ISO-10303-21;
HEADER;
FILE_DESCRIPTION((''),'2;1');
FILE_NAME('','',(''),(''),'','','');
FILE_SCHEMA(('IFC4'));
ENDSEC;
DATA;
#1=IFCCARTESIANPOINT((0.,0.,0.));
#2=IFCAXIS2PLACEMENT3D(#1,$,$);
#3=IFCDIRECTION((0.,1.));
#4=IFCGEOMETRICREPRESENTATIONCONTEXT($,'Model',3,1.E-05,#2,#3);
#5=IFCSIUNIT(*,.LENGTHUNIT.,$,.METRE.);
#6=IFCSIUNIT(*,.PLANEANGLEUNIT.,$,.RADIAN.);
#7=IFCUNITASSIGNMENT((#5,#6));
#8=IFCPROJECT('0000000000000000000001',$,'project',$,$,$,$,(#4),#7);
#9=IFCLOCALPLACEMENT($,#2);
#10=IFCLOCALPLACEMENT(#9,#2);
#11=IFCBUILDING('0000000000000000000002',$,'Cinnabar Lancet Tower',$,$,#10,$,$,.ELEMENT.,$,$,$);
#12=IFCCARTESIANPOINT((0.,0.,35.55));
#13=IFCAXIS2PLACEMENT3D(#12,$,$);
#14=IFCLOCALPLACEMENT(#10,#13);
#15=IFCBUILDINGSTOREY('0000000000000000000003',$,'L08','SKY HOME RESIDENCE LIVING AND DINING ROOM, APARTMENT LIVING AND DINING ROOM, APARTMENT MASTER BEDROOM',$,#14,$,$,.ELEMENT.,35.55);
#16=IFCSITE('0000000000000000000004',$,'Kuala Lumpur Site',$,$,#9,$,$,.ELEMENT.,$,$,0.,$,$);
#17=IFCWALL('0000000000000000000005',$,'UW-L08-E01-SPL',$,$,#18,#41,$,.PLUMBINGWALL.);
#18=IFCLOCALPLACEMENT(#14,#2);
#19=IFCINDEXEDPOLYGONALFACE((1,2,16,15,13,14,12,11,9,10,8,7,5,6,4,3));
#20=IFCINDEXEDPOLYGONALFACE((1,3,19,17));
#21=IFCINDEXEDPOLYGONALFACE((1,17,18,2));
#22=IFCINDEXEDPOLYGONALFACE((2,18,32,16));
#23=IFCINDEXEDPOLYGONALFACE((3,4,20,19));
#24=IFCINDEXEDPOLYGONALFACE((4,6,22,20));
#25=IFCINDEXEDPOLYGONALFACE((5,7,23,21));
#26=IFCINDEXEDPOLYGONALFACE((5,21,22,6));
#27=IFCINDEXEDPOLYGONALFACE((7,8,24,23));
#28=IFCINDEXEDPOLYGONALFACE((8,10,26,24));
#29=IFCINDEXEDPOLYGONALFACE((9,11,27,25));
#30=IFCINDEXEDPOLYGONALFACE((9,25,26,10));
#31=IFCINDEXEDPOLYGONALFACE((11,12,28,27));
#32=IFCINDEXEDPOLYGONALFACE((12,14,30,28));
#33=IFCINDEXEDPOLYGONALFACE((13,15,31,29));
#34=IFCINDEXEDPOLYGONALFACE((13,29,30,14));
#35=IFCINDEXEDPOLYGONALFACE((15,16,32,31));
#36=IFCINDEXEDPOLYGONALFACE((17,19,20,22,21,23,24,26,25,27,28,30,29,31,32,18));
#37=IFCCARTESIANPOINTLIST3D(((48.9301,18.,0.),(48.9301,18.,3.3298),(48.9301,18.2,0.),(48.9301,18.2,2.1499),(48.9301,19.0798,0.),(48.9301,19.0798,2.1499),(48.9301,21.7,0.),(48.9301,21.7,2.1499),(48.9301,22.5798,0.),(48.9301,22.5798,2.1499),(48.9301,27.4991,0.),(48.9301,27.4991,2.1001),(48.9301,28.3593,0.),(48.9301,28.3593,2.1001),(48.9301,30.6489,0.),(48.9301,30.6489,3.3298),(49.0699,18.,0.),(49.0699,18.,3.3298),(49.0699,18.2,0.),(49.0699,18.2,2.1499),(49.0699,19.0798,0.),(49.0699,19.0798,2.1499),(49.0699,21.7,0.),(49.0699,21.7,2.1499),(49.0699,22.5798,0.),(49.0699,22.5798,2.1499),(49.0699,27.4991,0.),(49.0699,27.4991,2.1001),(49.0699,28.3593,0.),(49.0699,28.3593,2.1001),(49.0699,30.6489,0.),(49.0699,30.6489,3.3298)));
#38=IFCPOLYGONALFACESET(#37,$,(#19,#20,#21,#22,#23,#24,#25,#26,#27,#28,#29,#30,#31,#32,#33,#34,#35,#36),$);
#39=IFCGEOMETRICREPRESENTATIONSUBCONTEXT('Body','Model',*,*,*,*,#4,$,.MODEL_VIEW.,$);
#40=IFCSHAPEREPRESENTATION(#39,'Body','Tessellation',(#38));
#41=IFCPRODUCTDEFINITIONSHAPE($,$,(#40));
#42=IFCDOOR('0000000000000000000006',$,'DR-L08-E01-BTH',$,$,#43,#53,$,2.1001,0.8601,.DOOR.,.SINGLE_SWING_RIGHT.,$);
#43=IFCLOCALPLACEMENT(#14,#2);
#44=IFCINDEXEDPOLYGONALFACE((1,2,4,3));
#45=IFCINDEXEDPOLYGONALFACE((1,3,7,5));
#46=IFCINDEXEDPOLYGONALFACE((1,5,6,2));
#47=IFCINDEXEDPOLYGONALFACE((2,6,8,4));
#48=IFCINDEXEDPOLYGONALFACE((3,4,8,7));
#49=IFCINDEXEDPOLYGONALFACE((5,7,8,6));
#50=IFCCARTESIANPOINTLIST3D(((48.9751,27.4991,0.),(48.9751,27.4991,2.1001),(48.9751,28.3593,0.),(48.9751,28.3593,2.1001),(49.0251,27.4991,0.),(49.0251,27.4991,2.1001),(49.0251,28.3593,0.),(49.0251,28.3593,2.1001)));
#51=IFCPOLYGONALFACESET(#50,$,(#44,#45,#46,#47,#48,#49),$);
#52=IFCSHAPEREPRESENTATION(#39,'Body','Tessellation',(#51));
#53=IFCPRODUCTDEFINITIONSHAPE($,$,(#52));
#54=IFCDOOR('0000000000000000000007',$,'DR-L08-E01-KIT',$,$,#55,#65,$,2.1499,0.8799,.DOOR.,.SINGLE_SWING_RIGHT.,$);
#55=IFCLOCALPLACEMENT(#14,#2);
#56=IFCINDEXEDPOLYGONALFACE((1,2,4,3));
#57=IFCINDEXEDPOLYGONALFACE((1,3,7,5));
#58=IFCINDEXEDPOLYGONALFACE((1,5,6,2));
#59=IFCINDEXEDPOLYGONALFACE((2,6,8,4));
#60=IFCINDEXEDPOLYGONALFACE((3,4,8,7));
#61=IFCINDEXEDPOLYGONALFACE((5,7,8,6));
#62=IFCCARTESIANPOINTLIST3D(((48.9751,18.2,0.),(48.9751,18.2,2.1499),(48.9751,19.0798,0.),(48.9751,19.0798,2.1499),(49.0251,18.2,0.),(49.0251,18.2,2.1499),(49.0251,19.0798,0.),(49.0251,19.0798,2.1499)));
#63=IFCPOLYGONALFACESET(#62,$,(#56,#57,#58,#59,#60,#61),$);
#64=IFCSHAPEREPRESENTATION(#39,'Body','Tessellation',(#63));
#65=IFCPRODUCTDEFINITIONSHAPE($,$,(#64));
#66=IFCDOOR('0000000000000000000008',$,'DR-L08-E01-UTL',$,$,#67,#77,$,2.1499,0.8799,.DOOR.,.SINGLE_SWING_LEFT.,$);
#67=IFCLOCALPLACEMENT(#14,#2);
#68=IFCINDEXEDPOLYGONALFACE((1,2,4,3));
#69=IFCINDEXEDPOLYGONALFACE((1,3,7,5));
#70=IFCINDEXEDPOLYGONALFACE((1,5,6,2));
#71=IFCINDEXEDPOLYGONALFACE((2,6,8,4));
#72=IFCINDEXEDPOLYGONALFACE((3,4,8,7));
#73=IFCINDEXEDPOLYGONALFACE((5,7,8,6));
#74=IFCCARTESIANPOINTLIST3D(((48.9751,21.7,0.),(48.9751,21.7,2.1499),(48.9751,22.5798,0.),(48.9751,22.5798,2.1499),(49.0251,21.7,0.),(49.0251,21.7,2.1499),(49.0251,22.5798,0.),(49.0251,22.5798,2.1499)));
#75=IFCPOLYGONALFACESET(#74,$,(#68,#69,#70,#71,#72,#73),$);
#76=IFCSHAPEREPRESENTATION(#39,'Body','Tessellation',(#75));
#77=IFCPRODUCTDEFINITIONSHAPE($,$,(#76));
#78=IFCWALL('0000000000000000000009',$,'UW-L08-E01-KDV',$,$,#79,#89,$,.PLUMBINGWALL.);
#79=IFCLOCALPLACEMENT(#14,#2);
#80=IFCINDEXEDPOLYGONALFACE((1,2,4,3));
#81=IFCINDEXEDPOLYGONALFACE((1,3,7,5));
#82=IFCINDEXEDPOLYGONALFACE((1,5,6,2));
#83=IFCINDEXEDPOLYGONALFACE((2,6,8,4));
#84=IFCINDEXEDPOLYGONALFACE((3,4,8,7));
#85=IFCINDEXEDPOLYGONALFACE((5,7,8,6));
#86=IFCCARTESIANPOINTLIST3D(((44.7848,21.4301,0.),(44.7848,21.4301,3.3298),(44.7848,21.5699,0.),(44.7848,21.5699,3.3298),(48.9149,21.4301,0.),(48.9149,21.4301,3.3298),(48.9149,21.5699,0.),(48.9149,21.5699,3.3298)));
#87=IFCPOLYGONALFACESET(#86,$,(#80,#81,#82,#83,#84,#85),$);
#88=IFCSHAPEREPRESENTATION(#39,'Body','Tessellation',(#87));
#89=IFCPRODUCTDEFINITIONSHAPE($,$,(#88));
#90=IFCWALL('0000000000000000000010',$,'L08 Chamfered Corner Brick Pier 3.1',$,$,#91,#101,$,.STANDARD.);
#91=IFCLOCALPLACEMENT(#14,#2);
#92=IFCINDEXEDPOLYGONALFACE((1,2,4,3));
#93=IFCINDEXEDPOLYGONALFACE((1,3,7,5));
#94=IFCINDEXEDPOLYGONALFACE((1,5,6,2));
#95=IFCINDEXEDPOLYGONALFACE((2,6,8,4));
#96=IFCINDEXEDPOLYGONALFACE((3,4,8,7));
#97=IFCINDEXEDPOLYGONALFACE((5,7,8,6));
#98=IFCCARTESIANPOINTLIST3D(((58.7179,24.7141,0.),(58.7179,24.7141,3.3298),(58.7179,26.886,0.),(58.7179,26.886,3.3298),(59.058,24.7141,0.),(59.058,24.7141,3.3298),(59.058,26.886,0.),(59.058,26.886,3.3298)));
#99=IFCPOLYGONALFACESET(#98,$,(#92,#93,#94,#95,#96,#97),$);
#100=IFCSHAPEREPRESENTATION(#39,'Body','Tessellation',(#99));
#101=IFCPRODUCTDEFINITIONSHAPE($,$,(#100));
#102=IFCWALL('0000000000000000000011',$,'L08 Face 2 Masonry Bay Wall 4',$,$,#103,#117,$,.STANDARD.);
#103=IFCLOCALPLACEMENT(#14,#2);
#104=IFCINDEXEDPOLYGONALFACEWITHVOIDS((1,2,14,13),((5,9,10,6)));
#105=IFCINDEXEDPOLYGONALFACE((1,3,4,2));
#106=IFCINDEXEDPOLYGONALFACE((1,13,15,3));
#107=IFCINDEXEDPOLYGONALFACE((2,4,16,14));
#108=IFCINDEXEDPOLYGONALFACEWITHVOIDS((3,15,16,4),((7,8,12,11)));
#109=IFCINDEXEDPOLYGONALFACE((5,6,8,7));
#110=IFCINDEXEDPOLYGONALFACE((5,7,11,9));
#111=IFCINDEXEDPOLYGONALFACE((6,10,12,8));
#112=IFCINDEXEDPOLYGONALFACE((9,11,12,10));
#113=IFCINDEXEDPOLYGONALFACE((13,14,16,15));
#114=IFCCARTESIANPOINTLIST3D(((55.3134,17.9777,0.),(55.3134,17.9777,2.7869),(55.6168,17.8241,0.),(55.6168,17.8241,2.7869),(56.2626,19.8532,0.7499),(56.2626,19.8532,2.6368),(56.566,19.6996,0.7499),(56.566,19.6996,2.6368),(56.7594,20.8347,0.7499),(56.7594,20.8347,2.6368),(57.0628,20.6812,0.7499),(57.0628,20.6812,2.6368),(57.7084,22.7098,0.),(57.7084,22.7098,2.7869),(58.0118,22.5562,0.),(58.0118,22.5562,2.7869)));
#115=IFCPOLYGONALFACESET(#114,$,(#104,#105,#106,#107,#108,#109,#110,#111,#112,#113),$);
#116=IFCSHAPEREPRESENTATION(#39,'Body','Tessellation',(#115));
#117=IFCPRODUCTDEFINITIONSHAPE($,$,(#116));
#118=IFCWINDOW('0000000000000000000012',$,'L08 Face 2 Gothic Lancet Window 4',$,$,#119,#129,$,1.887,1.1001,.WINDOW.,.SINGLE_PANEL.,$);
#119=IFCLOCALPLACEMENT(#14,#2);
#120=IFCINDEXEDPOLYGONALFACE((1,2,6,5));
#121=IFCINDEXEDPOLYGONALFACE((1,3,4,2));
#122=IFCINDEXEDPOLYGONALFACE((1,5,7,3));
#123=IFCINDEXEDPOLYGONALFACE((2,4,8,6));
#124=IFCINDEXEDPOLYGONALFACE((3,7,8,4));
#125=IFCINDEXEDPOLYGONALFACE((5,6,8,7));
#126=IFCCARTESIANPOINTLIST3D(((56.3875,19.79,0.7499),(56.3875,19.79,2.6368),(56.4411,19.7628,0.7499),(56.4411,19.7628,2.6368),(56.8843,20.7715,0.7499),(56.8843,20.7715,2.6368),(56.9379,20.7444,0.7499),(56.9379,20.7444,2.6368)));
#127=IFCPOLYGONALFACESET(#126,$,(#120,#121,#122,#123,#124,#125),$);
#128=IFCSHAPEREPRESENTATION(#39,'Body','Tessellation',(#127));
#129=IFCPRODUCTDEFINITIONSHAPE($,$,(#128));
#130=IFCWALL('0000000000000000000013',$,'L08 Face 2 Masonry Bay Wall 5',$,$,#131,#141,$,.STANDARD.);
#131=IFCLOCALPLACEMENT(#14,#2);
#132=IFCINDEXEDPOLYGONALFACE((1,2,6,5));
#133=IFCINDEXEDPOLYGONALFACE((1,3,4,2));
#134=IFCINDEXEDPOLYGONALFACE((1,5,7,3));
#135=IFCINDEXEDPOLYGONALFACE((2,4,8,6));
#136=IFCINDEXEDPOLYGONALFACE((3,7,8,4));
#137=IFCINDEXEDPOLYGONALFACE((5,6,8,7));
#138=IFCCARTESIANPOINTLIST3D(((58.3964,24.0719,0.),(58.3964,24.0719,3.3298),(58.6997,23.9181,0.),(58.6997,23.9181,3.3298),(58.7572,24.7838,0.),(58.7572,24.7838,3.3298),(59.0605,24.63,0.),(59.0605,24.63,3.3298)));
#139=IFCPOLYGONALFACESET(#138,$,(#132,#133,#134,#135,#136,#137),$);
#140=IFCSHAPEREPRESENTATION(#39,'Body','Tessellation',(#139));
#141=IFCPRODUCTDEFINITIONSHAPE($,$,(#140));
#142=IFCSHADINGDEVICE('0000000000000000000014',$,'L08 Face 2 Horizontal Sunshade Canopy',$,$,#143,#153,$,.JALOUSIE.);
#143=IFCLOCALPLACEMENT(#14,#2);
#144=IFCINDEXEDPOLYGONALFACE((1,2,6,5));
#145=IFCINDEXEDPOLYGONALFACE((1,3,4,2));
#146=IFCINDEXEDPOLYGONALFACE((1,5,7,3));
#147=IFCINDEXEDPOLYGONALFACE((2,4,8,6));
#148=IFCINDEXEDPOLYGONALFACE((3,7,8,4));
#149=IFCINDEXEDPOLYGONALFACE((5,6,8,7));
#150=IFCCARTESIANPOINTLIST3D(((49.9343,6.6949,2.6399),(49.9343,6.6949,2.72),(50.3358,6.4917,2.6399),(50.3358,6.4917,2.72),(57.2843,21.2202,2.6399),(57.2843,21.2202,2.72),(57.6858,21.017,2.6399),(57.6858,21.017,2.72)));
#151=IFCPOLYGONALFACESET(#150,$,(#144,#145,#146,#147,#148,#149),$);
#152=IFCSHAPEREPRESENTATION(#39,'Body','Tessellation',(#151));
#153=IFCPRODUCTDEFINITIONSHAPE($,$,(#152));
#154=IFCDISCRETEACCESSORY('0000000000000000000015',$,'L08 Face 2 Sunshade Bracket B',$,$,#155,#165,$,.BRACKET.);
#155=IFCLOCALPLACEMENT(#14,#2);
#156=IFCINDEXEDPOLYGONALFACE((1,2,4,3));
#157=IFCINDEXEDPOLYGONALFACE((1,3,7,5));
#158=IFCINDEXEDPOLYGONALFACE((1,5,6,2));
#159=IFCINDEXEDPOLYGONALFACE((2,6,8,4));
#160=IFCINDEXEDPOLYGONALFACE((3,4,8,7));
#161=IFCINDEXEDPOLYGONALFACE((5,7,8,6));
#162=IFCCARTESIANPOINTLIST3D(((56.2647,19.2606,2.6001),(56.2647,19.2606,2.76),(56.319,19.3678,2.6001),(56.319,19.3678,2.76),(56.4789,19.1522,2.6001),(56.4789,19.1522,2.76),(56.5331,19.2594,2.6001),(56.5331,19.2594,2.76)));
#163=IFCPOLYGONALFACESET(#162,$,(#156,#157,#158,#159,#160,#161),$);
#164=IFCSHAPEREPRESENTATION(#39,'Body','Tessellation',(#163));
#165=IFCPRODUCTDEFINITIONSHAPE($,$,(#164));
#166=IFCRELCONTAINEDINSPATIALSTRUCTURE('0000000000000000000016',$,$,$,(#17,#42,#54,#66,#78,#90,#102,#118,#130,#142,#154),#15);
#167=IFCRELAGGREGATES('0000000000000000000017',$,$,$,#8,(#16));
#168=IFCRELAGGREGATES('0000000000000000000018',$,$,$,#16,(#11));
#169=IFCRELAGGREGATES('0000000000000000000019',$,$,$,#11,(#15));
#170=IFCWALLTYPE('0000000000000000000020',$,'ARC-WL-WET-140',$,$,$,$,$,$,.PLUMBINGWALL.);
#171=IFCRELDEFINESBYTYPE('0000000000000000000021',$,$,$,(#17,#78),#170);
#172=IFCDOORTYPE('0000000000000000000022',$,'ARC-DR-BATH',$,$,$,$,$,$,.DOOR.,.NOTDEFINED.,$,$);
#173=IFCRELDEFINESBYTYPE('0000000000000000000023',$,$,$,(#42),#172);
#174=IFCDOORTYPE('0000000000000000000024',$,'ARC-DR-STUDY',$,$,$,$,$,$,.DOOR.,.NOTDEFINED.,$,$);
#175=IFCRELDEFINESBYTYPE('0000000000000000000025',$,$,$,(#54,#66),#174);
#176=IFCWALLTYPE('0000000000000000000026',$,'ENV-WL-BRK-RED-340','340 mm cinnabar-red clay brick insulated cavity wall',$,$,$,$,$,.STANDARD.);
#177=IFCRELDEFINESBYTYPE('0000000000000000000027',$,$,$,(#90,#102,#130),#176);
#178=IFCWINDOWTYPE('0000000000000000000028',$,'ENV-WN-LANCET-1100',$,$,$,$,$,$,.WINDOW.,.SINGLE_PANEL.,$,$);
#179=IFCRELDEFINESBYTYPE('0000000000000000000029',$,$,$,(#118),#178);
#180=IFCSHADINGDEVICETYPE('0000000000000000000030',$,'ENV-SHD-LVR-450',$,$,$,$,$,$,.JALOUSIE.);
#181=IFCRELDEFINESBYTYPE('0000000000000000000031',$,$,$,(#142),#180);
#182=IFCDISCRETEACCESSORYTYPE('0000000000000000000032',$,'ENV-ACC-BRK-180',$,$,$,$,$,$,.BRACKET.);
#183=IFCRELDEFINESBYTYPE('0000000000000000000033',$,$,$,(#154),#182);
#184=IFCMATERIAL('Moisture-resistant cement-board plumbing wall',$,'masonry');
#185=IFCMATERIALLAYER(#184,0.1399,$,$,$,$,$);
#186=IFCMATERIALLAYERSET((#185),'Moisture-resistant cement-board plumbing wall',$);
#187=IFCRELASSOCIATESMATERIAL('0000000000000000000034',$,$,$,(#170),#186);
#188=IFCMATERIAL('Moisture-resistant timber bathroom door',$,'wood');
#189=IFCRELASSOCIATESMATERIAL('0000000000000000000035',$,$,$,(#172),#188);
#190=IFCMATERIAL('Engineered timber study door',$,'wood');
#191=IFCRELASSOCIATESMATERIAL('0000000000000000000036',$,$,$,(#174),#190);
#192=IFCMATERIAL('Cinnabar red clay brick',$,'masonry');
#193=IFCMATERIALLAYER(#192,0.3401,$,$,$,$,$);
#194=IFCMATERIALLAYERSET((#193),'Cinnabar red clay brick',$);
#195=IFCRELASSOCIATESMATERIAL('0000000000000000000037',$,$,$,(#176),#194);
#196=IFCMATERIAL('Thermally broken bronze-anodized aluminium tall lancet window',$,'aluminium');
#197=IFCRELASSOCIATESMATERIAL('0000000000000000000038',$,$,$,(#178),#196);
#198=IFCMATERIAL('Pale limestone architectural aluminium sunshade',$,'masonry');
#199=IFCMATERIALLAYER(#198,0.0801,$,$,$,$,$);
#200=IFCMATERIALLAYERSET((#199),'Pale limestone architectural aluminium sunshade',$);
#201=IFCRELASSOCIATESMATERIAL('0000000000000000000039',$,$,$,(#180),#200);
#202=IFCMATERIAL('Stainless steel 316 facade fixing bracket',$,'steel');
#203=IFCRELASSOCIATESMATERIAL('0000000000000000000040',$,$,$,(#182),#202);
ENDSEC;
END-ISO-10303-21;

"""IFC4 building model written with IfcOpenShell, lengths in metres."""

from ifc_helpers import new_model, si_unit, direction, frame, frame_2d, origin, origin_2d, place, context, subcontext, project, spatial, rectangle, extrude, material, layer, layer_set, type_object, element, fill, save


model = new_model("IFC4")

# Units and contexts
model_context = context("Model", 3, precision=1e-05, world=origin(), true_north=direction((0.0, 1.0)))
body_context = subcontext(model_context, "Body", "Model", "MODEL_VIEW")
ifc_project = project(units=[si_unit("LENGTHUNIT", "METRE"), si_unit("PLANEANGLEUNIT", "RADIAN")], contexts=[model_context])

# Site, building, storey
site_placement = place(None, origin())
site = spatial("IfcSite", under=ifc_project, at=site_placement, Name="Kuala Lumpur Site", CompositionType="ELEMENT", RefElevation=0.0)
building_placement = place(site_placement, origin())
building = spatial("IfcBuilding", under=site, at=building_placement, Name="Cinnabar Lancet Tower", CompositionType="ELEMENT")
storey_placement = place(building_placement, frame((0.0, 0.0, 35.55)))
storey = spatial("IfcBuildingStorey", under=building, at=storey_placement, Name="L08", Description="SKY HOME RESIDENCE LIVING AND DINING ROOM, APARTMENT LIVING AND DINING ROOM, APARTMENT MASTER BEDROOM", CompositionType="ELEMENT", Elevation=35.55)

# Wall, openings, doors
ifc_material_1 = material(Name="Moisture-resistant cement-board plumbing wall", Category="masonry")
ifc_layer_1 = layer(ifc_material_1, 0.1399)
ifc_layer_set_1 = layer_set([ifc_layer_1], Name="Moisture-resistant cement-board plumbing wall")
wall_type_1 = type_object("IfcWallType", Name="ARC-WL-WET-140", PredefinedType="PLUMBINGWALL", material=ifc_layer_set_1)
wall_1_placement = place(storey_placement, frame((49.0, 18.0, 0.0), z_axis=(0.0, 0.0, 1.0), x_axis=(0.0, 1.0, 0.0)))
wall_1 = element("IfcWall", 1, at=wall_1_placement, inside=storey, type_object=wall_type_1, Name="UW-L08-E01-SPL", PredefinedType="PLUMBINGWALL", context=body_context, shape_type="SweptSolid", body=[
    extrude(rectangle(XDim=12.6489, YDim=0.1399, at=frame_2d((6.3245, 0.0))), origin(), (0.0, 0.0, 1.0), 3.3298),
])
opening_1_placement = place(wall_1_placement, frame((0.2, 0.0, 0.0)))
opening_1 = element("IfcOpeningElement", 2, at=opening_1_placement, cuts=wall_1, PredefinedType="OPENING", context=body_context, shape_type="SweptSolid", body=[
    extrude(rectangle(XDim=0.8799, YDim=2.1499, at=frame_2d((0.4399, 1.075))), frame((0.0, 0.0798, 0.0), z_axis=(0.0, -1.0, 0.0), x_axis=(1.0, 0.0, 0.0)), (0.0, 0.0, 1.0), 0.1599),
])
opening_2_placement = place(wall_1_placement, frame((3.7, 0.0, 0.0)))
opening_2 = element("IfcOpeningElement", 3, at=opening_2_placement, cuts=wall_1, PredefinedType="OPENING", context=body_context, shape_type="SweptSolid", body=[
    extrude(rectangle(XDim=0.8799, YDim=2.1499, at=frame_2d((0.4399, 1.075))), frame((0.0, 0.0798, 0.0), z_axis=(0.0, -1.0, 0.0), x_axis=(1.0, 0.0, 0.0)), (0.0, 0.0, 1.0), 0.1599),
])
opening_3_placement = place(wall_1_placement, frame((9.499, 0.0, 0.0)))
opening_3 = element("IfcOpeningElement", 4, at=opening_3_placement, cuts=wall_1, PredefinedType="OPENING", context=body_context, shape_type="SweptSolid", body=[
    extrude(rectangle(XDim=0.8601, YDim=2.1001, at=frame_2d((0.4302, 1.05))), frame((0.0, 0.0798, 0.0), z_axis=(0.0, -1.0, 0.0), x_axis=(1.0, 0.0, 0.0)), (0.0, 0.0, 1.0), 0.1599),
])
ifc_material_2 = material(Name="Moisture-resistant timber bathroom door", Category="wood")
door_type_1 = type_object("IfcDoorType", Name="ARC-DR-BATH", OperationType="NOTDEFINED", PredefinedType="DOOR", material=ifc_material_2)
door_1_placement = place(opening_3_placement, origin())
door_1 = element("IfcDoor", 5, at=door_1_placement, inside=storey, type_object=door_type_1, Name="DR-L08-E01-BTH", OperationType="SINGLE_SWING_RIGHT", OverallHeight=2.1001, OverallWidth=0.8601, PredefinedType="DOOR", context=body_context, shape_type="SweptSolid", body=[
    extrude(rectangle(XDim=0.8601, YDim=2.1001, at=frame_2d((0.4302, 1.05))), frame((0.0, 0.0249, 0.0), z_axis=(0.0, -1.0, 0.0), x_axis=(1.0, 0.0, 0.0)), (0.0, 0.0, 1.0), 0.05),
])
fill(opening_3, door_1)
ifc_material_3 = material(Name="Engineered timber study door", Category="wood")
door_type_2 = type_object("IfcDoorType", Name="ARC-DR-STUDY", OperationType="NOTDEFINED", PredefinedType="DOOR", material=ifc_material_3)
door_2_placement = place(opening_1_placement, origin())
door_2 = element("IfcDoor", 6, at=door_2_placement, inside=storey, type_object=door_type_2, Name="DR-L08-E01-KIT", OperationType="SINGLE_SWING_RIGHT", OverallHeight=2.1499, OverallWidth=0.8799, PredefinedType="DOOR", context=body_context, shape_type="SweptSolid", body=[
    extrude(rectangle(XDim=0.8799, YDim=2.1499, at=frame_2d((0.4399, 1.075))), frame((0.0, 0.0249, 0.0), z_axis=(0.0, -1.0, 0.0), x_axis=(1.0, 0.0, 0.0)), (0.0, 0.0, 1.0), 0.05),
])
fill(opening_1, door_2)
door_3_placement = place(opening_2_placement, origin())
door_3 = element("IfcDoor", 7, at=door_3_placement, inside=storey, type_object=door_type_2, Name="DR-L08-E01-UTL", OperationType="SINGLE_SWING_LEFT", OverallHeight=2.1499, OverallWidth=0.8799, PredefinedType="DOOR", context=body_context, shape_type="SweptSolid", body=[
    extrude(rectangle(XDim=0.8799, YDim=2.1499, at=frame_2d((0.4399, 1.075))), frame((0.0, 0.0249, 0.0), z_axis=(0.0, -1.0, 0.0), x_axis=(1.0, 0.0, 0.0)), (0.0, 0.0, 1.0), 0.05),
])
fill(opening_2, door_3)

# Walls
wall_2_placement = place(storey_placement, frame((44.7849, 21.5, 0.0), z_axis=(0.0, 0.0, 1.0), x_axis=(1.0, 0.0, 0.0)))
element("IfcWall", 8, at=wall_2_placement, inside=storey, type_object=wall_type_1, Name="UW-L08-E01-KDV", PredefinedType="PLUMBINGWALL", context=body_context, shape_type="SweptSolid", body=[
    extrude(rectangle(XDim=4.1301, YDim=0.1399, at=frame_2d((2.0649, 0.0))), origin(), (0.0, 0.0, 1.0), 3.3298),
])
ifc_material_4 = material(Name="Cinnabar red clay brick", Category="masonry")
ifc_layer_2 = layer(ifc_material_4, 0.3401)
ifc_layer_set_2 = layer_set([ifc_layer_2], Name="Cinnabar red clay brick")
wall_type_2 = type_object("IfcWallType", Name="ENV-WL-BRK-RED-340", Description="340 mm cinnabar-red clay brick insulated cavity wall", PredefinedType="STANDARD", material=ifc_layer_set_2)
wall_3_placement = place(storey_placement, frame((58.8879, 24.7141, 0.0), z_axis=(0.0, 0.0, 1.0), x_axis=(0.0, 1.0, 0.0)))
element("IfcWall", 9, at=wall_3_placement, inside=storey, type_object=wall_type_2, Name="L08 Chamfered Corner Brick Pier 3.1", PredefinedType="STANDARD", context=body_context, shape_type="SweptSolid", body=[
    extrude(rectangle(XDim=2.1719, YDim=0.3401, at=frame_2d((1.0859, 0.0))), origin(), (0.0, 0.0, 1.0), 3.3298),
])

# Wall, opening, window
wall_4_placement = place(storey_placement, frame((55.4651, 17.9009, 0.0), z_axis=(0.0, 0.0, 1.0), x_axis=(0.451572, 0.892235, 0.0)))
wall_4 = element("IfcWall", 10, at=wall_4_placement, inside=storey, type_object=wall_type_2, Name="L08 Face 2 Masonry Bay Wall 4", PredefinedType="STANDARD", context=body_context, shape_type="SweptSolid", body=[
    extrude(rectangle(XDim=5.3037, YDim=0.3401, at=frame_2d((2.6519, 0.0))), origin(), (0.0, 0.0, 1.0), 2.7869),
])
opening_4_placement = place(wall_4_placement, frame((2.1021, 0.0, 0.75)))
opening_4 = element("IfcOpeningElement", 11, at=opening_4_placement, cuts=wall_4, PredefinedType="OPENING", context=body_context, shape_type="SweptSolid", body=[
    extrude(rectangle(XDim=1.1001, YDim=1.887, at=frame_2d((0.55, 0.9434))), frame((0.0, 0.1799, 0.0), z_axis=(0.0, -1.0, 0.0), x_axis=(1.0, 0.0, 0.0)), (0.0, 0.0, 1.0), 0.3601),
])
ifc_material_5 = material(Name="Thermally broken bronze-anodized aluminium tall lancet window", Category="aluminium")
window_type = type_object("IfcWindowType", Name="ENV-WN-LANCET-1100", PartitioningType="SINGLE_PANEL", PredefinedType="WINDOW", material=ifc_material_5)
window_placement = place(opening_4_placement, origin())
window = element("IfcWindow", 12, at=window_placement, inside=storey, type_object=window_type, Name="L08 Face 2 Gothic Lancet Window 4", OverallHeight=1.887, OverallWidth=1.1001, PartitioningType="SINGLE_PANEL", PredefinedType="WINDOW", context=body_context, shape_type="SweptSolid", body=[
    extrude(rectangle(XDim=1.1001, YDim=1.887, at=frame_2d((0.55, 0.9434))), frame((0.0, 0.03, 0.0), z_axis=(0.0, -1.0, 0.0), x_axis=(1.0, 0.0, 0.0)), (0.0, 0.0, 1.0), 0.0601),
])
fill(opening_4, window)

# Wall
wall_5_placement = place(storey_placement, frame((58.5481, 23.9951, 0.0), z_axis=(0.0, 0.0, 1.0), x_axis=(0.452101, 0.891967, 0.0)))
element("IfcWall", 13, at=wall_5_placement, inside=storey, type_object=wall_type_2, Name="L08 Face 2 Masonry Bay Wall 5", PredefinedType="STANDARD", context=body_context, shape_type="SweptSolid", body=[
    extrude(rectangle(XDim=0.7981, YDim=0.3401, at=frame_2d((0.3989, 0.0))), origin(), (0.0, 0.0, 1.0), 3.3298),
])

# Shading device
ifc_material_6 = material(Name="Pale limestone architectural aluminium sunshade", Category="masonry")
ifc_layer_3 = layer(ifc_material_6, 0.0801)
ifc_layer_set_3 = layer_set([ifc_layer_3], Name="Pale limestone architectural aluminium sunshade")
shading_device_type = type_object("IfcShadingDeviceType", Name="ENV-SHD-LVR-450", PredefinedType="JALOUSIE", material=ifc_layer_set_3)
shading_device_placement = place(storey_placement, frame((53.8101, 13.856, 2.6399), z_axis=(0.0, 0.0, 1.0), x_axis=(0.451501, 0.892271, 0.0)))
element("IfcShadingDevice", 14, at=shading_device_placement, inside=storey, type_object=shading_device_type, Name="L08 Face 2 Horizontal Sunshade Canopy", PredefinedType="JALOUSIE", context=body_context, shape_type="SweptSolid", body=[
    extrude(rectangle(XDim=16.2791, YDim=0.45, at=origin_2d()), origin(), (0.0, 0.0, 1.0), 0.0801),
])

# Discrete accessory
ifc_material_7 = material(Name="Stainless steel 316 facade fixing bracket", Category="steel")
discrete_accessory_type = type_object("IfcDiscreteAccessoryType", Name="ENV-ACC-BRK-180", PredefinedType="BRACKET", material=ifc_material_7)
discrete_accessory_placement = place(storey_placement, frame((56.3989, 19.26, 2.6001), z_axis=(0.0, 0.0, 1.0), x_axis=(0.451501, 0.892271, 0.0)))
element("IfcDiscreteAccessory", 15, at=discrete_accessory_placement, inside=storey, type_object=discrete_accessory_type, Name="L08 Face 2 Sunshade Bracket B", PredefinedType="BRACKET", context=body_context, shape_type="SweptSolid", body=[
    extrude(rectangle(XDim=0.1201, YDim=0.24, at=origin_2d()), origin(), (0.0, 0.0, 1.0), 0.1599),
])

save(model, "model.ifc")
